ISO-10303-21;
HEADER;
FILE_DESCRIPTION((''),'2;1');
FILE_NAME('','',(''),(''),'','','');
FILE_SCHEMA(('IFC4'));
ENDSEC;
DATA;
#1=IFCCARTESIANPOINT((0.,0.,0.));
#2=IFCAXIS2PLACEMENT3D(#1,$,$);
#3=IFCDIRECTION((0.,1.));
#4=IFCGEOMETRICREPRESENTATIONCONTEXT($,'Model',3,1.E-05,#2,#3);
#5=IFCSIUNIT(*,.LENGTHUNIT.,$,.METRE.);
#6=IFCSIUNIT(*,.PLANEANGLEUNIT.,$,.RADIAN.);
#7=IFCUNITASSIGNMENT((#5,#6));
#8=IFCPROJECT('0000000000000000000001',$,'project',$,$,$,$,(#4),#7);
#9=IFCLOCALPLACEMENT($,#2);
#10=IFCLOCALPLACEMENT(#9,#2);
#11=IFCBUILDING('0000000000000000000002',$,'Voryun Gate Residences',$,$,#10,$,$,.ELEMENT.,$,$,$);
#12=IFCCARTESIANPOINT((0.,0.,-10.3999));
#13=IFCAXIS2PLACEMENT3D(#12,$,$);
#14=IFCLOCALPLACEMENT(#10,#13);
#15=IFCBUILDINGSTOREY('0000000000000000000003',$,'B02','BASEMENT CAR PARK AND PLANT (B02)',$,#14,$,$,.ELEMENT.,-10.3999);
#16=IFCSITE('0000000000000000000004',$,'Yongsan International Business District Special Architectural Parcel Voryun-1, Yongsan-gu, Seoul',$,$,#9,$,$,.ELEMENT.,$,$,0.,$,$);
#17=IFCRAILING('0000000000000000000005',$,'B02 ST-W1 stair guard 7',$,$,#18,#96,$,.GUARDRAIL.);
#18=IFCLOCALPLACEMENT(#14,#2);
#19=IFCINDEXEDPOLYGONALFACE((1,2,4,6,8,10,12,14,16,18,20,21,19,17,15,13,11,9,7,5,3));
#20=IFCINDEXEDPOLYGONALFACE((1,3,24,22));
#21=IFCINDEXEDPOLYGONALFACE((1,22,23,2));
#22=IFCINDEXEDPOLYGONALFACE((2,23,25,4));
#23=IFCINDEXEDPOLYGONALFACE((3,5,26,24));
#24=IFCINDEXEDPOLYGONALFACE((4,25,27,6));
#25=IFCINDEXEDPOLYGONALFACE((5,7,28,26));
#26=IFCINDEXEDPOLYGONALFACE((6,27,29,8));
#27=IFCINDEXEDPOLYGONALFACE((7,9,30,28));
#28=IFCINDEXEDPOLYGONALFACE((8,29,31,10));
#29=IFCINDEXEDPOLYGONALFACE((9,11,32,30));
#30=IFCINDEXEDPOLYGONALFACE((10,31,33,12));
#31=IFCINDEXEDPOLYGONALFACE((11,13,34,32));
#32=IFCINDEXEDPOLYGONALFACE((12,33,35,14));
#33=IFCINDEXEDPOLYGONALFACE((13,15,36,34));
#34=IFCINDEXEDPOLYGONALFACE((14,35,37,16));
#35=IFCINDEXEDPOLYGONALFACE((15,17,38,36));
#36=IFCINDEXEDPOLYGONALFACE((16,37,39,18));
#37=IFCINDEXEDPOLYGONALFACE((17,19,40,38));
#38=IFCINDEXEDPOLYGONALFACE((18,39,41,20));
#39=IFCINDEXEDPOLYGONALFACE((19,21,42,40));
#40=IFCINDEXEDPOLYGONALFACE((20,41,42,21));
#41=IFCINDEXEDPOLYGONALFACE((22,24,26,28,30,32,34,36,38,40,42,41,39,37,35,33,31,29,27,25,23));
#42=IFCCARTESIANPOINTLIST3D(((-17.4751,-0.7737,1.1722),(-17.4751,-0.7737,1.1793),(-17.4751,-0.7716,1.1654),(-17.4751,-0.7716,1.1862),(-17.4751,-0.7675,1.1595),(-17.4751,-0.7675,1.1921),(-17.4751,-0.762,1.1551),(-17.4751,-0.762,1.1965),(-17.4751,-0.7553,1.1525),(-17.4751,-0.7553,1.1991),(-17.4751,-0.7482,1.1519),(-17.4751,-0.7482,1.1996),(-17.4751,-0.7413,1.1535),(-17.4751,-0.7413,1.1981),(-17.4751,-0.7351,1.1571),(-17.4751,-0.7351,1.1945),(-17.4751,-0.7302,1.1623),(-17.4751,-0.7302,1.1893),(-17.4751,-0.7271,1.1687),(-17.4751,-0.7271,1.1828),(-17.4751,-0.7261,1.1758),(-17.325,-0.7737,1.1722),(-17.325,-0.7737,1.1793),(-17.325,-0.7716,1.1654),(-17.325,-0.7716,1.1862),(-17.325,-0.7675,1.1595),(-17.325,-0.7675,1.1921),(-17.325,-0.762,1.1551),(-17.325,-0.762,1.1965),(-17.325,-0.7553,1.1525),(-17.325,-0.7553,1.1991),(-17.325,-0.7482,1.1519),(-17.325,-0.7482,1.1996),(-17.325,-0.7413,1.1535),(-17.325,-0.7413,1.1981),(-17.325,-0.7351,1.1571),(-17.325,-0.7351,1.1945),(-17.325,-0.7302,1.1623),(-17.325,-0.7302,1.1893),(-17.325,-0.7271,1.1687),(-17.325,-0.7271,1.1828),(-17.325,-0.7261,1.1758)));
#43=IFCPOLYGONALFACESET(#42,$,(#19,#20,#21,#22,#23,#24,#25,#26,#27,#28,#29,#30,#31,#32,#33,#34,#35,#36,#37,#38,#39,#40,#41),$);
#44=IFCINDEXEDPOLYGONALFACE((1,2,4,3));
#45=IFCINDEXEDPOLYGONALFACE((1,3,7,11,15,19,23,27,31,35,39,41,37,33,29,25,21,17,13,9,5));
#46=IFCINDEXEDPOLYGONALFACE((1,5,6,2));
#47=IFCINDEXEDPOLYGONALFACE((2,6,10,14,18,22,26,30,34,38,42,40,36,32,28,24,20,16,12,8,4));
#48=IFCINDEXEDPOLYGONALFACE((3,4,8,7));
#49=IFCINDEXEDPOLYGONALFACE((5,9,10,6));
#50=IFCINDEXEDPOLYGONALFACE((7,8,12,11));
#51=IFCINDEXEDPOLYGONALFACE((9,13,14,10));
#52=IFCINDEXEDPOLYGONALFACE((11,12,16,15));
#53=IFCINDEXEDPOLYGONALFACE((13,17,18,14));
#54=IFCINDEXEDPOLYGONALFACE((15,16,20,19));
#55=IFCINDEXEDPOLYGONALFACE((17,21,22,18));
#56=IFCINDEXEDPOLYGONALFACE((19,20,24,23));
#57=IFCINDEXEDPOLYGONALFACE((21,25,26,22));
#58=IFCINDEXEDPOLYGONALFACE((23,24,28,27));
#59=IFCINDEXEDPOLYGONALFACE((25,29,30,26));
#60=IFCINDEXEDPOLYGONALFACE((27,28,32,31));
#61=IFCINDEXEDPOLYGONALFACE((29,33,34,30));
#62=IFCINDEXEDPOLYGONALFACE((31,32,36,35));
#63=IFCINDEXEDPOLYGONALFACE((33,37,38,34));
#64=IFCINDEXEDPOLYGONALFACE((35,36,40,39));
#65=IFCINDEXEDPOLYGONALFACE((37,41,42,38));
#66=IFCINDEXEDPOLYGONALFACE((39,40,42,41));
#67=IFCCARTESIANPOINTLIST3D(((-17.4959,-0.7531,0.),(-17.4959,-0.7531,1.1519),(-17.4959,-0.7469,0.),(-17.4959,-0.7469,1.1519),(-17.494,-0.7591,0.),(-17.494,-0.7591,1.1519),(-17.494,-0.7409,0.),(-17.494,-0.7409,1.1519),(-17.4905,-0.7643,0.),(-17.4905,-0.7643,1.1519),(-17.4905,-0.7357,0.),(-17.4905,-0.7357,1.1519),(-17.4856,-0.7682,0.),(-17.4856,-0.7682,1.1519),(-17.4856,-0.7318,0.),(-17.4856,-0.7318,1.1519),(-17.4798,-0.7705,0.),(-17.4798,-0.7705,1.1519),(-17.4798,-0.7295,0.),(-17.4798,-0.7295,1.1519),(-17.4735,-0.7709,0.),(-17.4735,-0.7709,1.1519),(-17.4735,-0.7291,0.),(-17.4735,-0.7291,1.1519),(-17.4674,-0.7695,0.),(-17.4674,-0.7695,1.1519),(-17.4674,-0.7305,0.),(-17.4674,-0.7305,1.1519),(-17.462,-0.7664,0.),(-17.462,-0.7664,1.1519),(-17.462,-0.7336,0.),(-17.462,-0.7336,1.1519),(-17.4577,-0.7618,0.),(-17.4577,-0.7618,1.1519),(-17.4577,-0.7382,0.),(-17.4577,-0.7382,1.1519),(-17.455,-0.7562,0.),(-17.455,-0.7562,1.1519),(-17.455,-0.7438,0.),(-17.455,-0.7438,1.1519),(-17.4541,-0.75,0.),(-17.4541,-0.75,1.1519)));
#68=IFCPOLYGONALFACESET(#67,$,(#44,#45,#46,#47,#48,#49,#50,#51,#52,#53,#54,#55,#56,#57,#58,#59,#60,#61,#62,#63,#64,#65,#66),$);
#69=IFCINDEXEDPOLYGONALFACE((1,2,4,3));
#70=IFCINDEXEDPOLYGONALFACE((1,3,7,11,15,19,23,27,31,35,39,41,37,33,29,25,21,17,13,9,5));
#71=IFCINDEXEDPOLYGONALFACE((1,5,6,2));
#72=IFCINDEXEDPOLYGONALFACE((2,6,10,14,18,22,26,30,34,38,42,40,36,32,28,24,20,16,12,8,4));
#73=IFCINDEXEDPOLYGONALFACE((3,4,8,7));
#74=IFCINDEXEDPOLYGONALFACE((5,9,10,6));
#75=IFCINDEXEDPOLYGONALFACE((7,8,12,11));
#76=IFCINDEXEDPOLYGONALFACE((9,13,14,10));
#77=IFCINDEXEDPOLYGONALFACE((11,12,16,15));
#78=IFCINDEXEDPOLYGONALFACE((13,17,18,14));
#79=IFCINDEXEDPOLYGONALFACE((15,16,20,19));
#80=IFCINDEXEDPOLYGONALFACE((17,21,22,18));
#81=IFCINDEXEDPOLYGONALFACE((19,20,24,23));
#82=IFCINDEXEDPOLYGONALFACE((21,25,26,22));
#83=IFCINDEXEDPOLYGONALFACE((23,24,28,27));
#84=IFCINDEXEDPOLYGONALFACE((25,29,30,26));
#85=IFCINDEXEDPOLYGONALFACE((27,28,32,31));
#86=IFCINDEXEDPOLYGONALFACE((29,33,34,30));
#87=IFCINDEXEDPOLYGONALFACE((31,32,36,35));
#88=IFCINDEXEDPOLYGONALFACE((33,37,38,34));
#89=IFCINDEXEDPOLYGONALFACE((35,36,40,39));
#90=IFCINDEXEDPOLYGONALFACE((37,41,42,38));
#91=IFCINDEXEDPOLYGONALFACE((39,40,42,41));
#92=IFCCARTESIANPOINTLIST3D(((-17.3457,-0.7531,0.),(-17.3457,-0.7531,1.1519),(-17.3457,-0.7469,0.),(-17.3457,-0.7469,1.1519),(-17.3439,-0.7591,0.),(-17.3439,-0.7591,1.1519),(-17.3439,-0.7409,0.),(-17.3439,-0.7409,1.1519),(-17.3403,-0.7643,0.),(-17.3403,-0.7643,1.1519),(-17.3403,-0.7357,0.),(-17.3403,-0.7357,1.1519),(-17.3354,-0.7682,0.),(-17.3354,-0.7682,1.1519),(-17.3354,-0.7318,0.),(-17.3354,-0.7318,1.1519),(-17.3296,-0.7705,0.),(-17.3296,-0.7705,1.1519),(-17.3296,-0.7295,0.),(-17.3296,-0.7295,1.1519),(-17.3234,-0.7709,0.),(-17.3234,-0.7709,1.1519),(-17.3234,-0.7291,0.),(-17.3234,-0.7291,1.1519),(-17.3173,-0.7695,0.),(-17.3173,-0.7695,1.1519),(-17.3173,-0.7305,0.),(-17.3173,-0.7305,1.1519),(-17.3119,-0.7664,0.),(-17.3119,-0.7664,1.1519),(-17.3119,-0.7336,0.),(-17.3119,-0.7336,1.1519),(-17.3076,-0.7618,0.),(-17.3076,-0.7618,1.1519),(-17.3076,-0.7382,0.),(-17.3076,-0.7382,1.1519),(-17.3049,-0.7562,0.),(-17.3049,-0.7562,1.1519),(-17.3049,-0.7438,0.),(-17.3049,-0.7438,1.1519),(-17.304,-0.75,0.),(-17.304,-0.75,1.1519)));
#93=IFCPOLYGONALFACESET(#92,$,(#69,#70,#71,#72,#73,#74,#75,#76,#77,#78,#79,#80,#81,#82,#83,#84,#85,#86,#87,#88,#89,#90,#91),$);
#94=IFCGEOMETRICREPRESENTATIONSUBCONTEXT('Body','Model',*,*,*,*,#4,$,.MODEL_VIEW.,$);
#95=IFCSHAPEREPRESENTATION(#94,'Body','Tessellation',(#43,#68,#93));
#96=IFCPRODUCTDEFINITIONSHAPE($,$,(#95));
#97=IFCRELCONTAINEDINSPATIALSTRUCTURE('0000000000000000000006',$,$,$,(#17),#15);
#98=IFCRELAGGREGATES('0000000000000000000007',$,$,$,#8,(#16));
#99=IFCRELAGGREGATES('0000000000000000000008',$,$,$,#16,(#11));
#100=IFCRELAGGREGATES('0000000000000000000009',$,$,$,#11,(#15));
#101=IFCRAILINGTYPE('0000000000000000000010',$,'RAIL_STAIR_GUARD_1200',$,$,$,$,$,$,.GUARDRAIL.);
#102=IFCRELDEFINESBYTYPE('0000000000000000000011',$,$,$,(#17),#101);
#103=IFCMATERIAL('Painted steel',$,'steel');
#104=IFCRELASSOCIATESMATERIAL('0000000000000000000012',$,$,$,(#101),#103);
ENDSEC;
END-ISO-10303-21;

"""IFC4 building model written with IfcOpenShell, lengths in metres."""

from ifc_helpers import new_model, si_unit, direction, frame, origin, origin_2d, place, context, subcontext, project, spatial, circle, extrude, material, type_object, element, save


model = new_model("IFC4")

# Units and contexts
model_context = context("Model", 3, precision=1e-05, world=origin(), true_north=direction((0.0, 1.0)))
body_context = subcontext(model_context, "Body", "Model", "MODEL_VIEW")
ifc_project = project(units=[si_unit("LENGTHUNIT", "METRE"), si_unit("PLANEANGLEUNIT", "RADIAN")], contexts=[model_context])

# Site, building, storey
site_placement = place(None, origin())
site = spatial("IfcSite", under=ifc_project, at=site_placement, Name="Yongsan International Business District Special Architectural Parcel Voryun-1, Yongsan-gu, Seoul", CompositionType="ELEMENT", RefElevation=0.0)
building_placement = place(site_placement, origin())
building = spatial("IfcBuilding", under=site, at=building_placement, Name="Voryun Gate Residences", CompositionType="ELEMENT")
storey_placement = place(building_placement, frame((0.0, 0.0, -10.3999)))
storey = spatial("IfcBuildingStorey", under=building, at=storey_placement, Name="B02", Description="BASEMENT CAR PARK AND PLANT (B02)", CompositionType="ELEMENT", Elevation=-10.3999)

# Railing
ifc_material_1 = material(Name="Painted steel", Category="steel")
railing_type_1 = type_object("IfcRailingType", Name="RAIL_STAIR_GUARD_1200", PredefinedType="GUARDRAIL", material=ifc_material_1)
railing_1_placement = place(storey_placement, frame((-17.4751, -0.75, 0.0)))
element("IfcRailing", 1, at=railing_1_placement, inside=storey, type_object=railing_type_1, Name="B02 ST-W1 stair guard 7", PredefinedType="GUARDRAIL", context=body_context, shape_type="SweptSolid", body=[
    extrude(circle(Radius=0.0239, at=origin_2d()), frame((0.0, 0.0, 1.1758), z_axis=(1.0, 0.0, 0.0), x_axis=(0.0, 1.0, 0.0)), (0.0, 0.0, 1.0), 0.1501),
    extrude(circle(Radius=0.021, at=origin_2d()), origin(), (0.0, 0.0, 1.0), 1.1519),
    extrude(circle(Radius=0.021, at=origin_2d()), frame((0.1501, 0.0, 0.0)), (0.0, 0.0, 1.0), 1.1519),
])

save(model, "model.ifc")
